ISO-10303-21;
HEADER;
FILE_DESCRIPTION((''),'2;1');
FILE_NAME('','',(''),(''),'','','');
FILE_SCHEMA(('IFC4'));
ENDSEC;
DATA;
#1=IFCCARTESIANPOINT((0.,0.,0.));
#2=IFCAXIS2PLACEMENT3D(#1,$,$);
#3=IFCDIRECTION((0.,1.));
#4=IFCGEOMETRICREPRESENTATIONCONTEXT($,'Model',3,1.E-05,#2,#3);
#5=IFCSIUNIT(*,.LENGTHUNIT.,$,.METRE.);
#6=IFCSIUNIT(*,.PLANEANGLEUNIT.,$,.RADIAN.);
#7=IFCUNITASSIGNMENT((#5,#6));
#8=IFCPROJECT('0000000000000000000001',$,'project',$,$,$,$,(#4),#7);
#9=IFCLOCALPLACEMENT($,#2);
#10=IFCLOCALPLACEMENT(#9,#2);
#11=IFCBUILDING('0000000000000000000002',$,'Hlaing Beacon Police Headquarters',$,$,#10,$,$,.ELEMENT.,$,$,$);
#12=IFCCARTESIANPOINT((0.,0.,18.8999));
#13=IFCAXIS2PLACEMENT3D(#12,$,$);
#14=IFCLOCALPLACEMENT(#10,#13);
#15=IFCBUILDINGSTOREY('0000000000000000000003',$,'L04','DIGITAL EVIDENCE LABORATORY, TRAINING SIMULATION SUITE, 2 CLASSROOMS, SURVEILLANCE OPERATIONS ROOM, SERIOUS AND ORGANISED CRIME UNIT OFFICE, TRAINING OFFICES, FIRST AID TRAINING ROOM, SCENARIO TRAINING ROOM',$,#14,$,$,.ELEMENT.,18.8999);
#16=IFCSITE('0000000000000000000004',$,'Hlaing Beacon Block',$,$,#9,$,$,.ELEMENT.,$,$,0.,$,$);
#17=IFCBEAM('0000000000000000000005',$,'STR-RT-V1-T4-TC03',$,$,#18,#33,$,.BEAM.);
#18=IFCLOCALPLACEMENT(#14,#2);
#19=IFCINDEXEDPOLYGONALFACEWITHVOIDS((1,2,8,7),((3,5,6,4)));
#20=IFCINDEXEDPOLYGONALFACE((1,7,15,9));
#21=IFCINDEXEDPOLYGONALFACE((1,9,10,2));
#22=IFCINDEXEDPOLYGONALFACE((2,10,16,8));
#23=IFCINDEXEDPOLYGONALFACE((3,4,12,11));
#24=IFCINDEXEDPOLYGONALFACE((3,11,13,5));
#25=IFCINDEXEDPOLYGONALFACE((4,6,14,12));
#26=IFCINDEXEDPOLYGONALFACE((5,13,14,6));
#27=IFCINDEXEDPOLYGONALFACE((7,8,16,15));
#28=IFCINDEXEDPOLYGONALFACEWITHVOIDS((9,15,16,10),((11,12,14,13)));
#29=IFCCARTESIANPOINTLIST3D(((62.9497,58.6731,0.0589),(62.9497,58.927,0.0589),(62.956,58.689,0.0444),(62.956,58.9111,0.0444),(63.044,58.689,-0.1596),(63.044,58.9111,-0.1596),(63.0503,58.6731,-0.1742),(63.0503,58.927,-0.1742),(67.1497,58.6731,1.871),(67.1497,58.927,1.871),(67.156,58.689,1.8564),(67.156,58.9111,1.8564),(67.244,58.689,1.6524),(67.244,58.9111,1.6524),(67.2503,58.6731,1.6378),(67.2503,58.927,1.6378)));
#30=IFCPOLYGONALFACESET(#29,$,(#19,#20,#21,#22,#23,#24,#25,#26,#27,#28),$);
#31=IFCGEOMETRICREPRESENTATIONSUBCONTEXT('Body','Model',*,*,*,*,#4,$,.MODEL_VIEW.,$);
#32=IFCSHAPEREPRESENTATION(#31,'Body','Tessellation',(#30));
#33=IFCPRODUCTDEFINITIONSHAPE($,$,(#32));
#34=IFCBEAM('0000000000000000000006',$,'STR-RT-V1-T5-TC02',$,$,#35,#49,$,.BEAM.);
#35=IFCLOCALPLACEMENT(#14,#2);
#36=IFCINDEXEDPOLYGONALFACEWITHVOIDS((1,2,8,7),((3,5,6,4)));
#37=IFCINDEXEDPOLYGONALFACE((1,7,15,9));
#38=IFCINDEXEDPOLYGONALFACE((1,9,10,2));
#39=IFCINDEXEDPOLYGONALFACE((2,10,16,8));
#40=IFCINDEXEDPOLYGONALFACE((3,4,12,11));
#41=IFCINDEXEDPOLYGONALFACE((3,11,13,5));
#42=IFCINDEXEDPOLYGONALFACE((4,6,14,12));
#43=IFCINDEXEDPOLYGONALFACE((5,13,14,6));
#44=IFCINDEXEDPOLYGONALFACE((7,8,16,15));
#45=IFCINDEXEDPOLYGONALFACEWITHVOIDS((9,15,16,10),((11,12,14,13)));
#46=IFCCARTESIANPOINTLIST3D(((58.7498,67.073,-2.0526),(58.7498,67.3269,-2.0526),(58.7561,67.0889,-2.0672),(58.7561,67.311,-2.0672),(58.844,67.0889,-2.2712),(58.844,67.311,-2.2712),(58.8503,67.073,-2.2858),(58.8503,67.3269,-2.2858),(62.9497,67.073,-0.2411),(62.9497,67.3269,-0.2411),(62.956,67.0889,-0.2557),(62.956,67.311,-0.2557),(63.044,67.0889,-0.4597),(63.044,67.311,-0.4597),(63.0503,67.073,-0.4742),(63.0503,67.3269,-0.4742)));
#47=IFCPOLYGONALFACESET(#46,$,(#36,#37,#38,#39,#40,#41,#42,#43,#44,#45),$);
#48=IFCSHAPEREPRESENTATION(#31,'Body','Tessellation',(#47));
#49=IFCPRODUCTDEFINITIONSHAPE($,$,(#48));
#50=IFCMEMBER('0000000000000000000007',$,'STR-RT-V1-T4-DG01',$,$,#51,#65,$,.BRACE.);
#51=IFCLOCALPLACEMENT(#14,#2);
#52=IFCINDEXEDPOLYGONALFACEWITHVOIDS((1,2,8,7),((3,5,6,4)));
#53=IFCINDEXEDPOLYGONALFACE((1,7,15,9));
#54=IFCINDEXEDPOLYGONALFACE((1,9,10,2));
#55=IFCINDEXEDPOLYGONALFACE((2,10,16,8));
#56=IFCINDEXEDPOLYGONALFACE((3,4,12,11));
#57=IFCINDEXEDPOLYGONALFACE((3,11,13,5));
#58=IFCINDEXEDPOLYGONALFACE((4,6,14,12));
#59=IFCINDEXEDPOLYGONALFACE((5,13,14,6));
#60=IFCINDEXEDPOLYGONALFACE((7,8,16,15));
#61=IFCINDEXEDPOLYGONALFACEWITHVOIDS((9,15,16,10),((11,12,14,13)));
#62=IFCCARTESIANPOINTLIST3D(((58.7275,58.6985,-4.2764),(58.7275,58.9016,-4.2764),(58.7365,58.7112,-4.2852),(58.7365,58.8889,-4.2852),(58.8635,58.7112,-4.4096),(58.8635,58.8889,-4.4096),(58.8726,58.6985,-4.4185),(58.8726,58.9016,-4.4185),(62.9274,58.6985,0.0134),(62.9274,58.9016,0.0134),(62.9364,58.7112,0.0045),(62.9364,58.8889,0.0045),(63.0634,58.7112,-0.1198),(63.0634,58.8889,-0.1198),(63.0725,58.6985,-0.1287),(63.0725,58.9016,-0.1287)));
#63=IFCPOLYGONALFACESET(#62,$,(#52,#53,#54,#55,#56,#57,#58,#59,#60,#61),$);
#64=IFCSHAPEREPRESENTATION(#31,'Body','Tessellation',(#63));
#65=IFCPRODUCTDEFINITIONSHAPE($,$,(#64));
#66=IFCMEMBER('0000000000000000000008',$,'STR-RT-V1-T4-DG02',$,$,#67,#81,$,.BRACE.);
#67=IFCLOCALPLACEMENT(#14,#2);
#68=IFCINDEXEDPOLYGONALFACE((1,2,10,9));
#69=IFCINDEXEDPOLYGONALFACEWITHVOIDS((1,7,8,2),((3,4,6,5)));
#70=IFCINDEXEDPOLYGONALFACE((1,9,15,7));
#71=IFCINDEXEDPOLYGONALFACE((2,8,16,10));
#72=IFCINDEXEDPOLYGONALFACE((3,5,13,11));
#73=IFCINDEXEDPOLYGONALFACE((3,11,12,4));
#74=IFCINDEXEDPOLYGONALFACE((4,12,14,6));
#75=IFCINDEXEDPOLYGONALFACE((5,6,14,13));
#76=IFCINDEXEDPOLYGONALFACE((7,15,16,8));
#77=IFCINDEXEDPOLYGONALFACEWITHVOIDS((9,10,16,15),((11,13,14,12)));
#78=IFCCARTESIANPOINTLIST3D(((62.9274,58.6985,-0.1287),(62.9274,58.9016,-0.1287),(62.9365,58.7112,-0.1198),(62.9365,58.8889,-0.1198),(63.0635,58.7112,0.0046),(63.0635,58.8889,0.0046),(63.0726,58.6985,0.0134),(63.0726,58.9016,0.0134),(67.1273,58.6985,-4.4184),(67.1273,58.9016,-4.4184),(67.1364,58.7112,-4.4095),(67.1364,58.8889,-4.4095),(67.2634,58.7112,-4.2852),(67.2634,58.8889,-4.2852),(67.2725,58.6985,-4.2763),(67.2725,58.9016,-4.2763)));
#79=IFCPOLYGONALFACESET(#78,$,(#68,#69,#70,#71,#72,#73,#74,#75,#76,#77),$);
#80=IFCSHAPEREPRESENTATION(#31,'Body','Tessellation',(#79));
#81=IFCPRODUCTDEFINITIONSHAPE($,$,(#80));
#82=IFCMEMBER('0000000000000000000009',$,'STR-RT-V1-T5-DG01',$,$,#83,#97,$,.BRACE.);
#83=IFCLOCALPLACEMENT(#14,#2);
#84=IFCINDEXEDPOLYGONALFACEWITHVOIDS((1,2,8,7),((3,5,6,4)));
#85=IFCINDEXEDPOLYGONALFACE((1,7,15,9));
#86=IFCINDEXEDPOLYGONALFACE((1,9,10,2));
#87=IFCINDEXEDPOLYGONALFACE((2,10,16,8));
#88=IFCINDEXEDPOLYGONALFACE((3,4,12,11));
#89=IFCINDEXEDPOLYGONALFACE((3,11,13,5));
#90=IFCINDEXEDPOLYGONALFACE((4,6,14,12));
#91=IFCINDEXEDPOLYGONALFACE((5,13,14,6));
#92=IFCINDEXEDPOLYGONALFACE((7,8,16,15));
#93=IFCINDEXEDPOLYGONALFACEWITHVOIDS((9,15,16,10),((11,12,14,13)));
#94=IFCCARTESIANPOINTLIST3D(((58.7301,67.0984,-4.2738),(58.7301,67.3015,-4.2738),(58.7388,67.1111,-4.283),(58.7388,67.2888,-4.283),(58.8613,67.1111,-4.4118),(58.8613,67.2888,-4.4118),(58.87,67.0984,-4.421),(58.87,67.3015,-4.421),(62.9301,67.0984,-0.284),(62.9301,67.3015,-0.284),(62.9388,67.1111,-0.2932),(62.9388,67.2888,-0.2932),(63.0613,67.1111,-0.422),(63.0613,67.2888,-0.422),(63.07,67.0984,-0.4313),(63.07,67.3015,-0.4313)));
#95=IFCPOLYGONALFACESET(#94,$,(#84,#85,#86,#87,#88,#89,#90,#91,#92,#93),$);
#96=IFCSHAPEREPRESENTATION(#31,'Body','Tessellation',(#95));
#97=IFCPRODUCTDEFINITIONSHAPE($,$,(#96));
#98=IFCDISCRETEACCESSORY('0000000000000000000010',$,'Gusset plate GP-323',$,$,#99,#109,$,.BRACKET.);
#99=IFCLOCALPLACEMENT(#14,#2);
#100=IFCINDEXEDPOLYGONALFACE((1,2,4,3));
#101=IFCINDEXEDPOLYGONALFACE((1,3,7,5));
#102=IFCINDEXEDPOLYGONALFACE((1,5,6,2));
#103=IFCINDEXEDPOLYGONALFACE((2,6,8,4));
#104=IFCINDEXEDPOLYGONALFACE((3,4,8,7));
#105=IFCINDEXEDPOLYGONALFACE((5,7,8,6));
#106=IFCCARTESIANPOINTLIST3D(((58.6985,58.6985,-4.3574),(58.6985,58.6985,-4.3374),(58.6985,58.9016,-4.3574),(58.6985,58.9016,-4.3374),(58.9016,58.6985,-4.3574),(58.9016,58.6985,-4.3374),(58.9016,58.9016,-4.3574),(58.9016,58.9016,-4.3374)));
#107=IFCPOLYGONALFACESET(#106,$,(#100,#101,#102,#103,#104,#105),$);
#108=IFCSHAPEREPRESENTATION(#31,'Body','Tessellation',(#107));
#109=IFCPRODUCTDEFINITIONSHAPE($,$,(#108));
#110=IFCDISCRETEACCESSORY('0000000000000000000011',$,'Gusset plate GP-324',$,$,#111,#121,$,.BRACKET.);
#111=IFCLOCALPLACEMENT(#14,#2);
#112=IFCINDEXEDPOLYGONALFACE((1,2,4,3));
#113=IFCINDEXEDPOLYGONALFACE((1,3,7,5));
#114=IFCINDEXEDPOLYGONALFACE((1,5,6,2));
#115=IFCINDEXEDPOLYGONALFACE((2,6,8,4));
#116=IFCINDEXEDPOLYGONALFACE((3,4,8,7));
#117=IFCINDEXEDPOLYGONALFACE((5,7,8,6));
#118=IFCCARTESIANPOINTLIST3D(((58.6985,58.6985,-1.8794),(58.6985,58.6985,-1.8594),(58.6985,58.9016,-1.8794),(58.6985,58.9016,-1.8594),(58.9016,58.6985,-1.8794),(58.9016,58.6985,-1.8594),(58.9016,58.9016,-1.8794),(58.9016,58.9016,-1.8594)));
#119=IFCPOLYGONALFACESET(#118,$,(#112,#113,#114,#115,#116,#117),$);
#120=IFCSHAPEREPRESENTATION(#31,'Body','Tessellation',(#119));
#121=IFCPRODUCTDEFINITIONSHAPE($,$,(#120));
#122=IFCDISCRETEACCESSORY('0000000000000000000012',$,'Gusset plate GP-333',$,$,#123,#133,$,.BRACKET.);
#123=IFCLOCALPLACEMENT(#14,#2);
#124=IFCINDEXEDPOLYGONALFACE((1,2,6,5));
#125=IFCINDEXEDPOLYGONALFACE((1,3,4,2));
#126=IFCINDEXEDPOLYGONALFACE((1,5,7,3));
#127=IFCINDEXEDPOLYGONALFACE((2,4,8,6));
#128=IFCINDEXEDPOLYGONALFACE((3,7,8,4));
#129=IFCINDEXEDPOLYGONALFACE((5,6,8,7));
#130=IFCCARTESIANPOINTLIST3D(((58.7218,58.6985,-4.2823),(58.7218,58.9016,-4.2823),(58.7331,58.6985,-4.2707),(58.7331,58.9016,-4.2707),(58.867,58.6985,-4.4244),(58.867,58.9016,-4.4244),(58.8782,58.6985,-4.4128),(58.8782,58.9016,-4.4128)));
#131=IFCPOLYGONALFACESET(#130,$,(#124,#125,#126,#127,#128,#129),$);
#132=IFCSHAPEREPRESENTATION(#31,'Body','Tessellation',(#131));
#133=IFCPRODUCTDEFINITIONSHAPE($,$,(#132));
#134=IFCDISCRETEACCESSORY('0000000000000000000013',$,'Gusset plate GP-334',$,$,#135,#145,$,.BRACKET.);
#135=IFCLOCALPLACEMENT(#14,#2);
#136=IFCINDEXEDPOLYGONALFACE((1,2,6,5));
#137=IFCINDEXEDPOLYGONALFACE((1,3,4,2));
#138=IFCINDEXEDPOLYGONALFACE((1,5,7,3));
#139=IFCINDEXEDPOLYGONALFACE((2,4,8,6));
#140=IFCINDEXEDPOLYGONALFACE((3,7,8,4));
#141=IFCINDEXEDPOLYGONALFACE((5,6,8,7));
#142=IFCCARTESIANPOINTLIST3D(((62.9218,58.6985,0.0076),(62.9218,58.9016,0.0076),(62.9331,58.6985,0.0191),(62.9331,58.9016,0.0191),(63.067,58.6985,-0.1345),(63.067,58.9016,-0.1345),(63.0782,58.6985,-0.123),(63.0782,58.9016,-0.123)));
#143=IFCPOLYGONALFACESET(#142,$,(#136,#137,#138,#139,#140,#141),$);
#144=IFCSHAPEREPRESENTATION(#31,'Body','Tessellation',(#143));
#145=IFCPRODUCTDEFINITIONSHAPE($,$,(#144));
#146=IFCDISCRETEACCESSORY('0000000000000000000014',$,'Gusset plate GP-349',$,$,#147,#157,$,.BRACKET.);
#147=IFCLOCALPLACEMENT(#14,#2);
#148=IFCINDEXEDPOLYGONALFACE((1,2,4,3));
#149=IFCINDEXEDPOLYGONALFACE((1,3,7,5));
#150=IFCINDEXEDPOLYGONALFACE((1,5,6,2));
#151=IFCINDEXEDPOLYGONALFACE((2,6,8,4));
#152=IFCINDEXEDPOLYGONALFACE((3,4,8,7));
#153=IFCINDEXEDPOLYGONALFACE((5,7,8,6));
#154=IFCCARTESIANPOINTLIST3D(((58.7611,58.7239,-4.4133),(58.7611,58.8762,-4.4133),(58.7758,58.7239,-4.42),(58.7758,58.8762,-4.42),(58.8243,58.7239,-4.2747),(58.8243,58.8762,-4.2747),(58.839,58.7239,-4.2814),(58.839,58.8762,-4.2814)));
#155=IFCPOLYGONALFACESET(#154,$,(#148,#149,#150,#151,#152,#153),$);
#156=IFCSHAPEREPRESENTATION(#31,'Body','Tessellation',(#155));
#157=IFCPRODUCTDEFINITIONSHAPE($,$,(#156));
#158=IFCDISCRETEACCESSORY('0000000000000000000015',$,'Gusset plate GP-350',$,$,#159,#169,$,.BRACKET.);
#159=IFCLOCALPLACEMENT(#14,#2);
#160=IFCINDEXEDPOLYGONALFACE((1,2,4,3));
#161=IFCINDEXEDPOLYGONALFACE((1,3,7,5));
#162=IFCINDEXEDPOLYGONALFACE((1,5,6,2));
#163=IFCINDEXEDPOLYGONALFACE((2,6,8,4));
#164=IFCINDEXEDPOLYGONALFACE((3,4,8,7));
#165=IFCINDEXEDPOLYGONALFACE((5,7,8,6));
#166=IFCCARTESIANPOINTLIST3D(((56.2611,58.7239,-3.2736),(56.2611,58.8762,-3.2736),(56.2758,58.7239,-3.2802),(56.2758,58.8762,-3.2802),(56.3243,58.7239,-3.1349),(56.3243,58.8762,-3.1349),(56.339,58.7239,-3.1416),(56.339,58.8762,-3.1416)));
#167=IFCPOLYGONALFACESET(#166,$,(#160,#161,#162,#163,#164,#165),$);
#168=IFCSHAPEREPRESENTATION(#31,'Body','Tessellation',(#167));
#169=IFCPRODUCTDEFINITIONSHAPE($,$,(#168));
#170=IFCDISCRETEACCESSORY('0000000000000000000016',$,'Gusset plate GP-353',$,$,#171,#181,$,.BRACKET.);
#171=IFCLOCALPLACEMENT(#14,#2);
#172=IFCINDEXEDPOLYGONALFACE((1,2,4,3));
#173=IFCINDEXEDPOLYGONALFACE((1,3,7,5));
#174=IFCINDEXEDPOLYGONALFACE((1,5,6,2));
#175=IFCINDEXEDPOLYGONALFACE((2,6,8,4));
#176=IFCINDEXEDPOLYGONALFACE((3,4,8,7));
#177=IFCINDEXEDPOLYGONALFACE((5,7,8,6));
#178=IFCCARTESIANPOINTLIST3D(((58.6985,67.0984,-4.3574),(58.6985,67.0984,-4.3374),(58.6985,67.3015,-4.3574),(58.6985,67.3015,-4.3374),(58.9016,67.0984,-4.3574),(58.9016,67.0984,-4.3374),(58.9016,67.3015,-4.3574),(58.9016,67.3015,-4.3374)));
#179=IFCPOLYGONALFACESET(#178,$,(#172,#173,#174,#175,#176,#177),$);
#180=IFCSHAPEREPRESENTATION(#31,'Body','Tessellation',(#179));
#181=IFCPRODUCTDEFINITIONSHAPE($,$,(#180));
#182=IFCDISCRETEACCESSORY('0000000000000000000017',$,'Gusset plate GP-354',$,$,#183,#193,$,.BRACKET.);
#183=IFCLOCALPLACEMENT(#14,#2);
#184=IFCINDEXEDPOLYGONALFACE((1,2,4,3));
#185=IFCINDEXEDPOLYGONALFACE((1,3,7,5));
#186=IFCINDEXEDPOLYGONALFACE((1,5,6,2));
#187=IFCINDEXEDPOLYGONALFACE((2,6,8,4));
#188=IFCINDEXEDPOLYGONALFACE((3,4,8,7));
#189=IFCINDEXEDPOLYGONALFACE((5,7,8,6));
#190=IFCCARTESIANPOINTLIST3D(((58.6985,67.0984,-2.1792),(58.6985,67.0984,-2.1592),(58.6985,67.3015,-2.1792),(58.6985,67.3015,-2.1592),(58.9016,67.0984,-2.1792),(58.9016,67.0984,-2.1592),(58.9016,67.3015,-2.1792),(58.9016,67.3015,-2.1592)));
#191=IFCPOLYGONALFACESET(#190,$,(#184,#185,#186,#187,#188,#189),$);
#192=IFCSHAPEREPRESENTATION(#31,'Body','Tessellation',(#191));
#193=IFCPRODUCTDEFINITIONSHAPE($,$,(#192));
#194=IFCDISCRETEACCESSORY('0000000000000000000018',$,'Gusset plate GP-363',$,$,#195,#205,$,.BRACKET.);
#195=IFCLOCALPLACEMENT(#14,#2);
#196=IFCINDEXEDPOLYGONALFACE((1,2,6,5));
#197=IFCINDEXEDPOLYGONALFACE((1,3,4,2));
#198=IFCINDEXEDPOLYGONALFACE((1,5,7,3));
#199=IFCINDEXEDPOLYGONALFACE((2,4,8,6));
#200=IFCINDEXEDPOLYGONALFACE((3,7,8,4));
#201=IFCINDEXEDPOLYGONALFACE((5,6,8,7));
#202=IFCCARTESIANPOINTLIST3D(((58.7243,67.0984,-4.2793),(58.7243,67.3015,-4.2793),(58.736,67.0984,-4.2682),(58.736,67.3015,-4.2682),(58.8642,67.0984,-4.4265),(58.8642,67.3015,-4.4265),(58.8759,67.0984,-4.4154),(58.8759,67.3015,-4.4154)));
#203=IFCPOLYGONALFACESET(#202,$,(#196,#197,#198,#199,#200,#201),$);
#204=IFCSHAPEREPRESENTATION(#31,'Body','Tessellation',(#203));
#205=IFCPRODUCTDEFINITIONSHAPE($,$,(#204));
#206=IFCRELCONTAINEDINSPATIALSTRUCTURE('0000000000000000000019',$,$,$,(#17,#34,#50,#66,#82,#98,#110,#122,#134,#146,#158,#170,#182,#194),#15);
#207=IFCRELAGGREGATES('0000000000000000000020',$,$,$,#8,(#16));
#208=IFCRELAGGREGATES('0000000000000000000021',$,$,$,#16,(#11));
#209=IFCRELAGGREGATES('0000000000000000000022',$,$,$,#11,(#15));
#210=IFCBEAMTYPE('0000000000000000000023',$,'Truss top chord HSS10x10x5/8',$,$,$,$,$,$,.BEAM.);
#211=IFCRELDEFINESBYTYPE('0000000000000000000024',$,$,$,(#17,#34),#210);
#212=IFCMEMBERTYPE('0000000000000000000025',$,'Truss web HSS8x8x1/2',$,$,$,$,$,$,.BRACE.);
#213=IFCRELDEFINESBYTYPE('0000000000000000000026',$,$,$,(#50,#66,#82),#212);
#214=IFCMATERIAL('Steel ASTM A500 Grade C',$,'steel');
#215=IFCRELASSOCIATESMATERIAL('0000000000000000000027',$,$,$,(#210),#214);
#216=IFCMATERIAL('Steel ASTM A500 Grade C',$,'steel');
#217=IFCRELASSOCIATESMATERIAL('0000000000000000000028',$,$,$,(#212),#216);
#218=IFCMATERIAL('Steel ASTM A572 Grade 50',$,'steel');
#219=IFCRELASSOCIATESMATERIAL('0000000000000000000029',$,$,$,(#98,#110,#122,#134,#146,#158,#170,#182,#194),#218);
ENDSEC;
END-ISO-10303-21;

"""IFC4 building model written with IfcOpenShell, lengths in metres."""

from ifc_helpers import new_model, si_unit, direction, frame, origin, origin_2d, place, context, subcontext, project, spatial, rectangle, hollow_rectangle, extrude, material, material_profile, profile_set, type_object, element, save


model = new_model("IFC4")

# Units and contexts
model_context = context("Model", 3, precision=1e-05, world=origin(), true_north=direction((0.0, 1.0)))
body_context = subcontext(model_context, "Body", "Model", "MODEL_VIEW")
ifc_project = project(units=[si_unit("LENGTHUNIT", "METRE"), si_unit("PLANEANGLEUNIT", "RADIAN")], contexts=[model_context])

# Site, building, storey
site_placement = place(None, origin())
site = spatial("IfcSite", under=ifc_project, at=site_placement, Name="Hlaing Beacon Block", CompositionType="ELEMENT", RefElevation=0.0)
building_placement = place(site_placement, origin())
building = spatial("IfcBuilding", under=site, at=building_placement, Name="Hlaing Beacon Police Headquarters", CompositionType="ELEMENT")
storey_placement = place(building_placement, frame((0.0, 0.0, 18.8999)))
storey = spatial("IfcBuildingStorey", under=building, at=storey_placement, Name="L04", Description="DIGITAL EVIDENCE LABORATORY, TRAINING SIMULATION SUITE, 2 CLASSROOMS, SURVEILLANCE OPERATIONS ROOM, SERIOUS AND ORGANISED CRIME UNIT OFFICE, TRAINING OFFICES, FIRST AID TRAINING ROOM, SCENARIO TRAINING ROOM", CompositionType="ELEMENT", Elevation=18.8999)

# Beams
ifc_material_1 = material(Name="Steel ASTM A500 Grade C", Category="steel")
ifc_material_profile_1 = material_profile(ifc_material_1, hollow_rectangle(XDim=0.2539, YDim=0.2539, WallThickness=0.0159, at=origin_2d()), Name="HSS10x10x5/8")
ifc_profile_set_1 = profile_set([ifc_material_profile_1], Name="Steel ASTM A500 Grade C")
beam_type_1 = type_object("IfcBeamType", Name="Truss top chord HSS10x10x5/8", PredefinedType="BEAM", material=ifc_profile_set_1)
beam_1_placement = place(storey_placement, frame((63.0, 58.8, -0.0576), z_axis=(0.91819, 0.0, 0.396141), x_axis=(0.0, 1.0, 0.0)))
element("IfcBeam", 1, at=beam_1_placement, inside=storey, type_object=beam_type_1, Name="STR-RT-V1-T4-TC03", PredefinedType="BEAM", context=body_context, shape_type="SweptSolid", body=[
    extrude(hollow_rectangle(XDim=0.2539, YDim=0.2539, WallThickness=0.0159, at=origin_2d()), origin(), (0.0, 0.0, 1.0), 4.5742),
])
beam_2_placement = place(storey_placement, frame((58.8, 67.2, -2.1692), z_axis=(0.918229, 0.0, 0.396051), x_axis=(0.0, 1.0, 0.0)))
element("IfcBeam", 2, at=beam_2_placement, inside=storey, type_object=beam_type_1, Name="STR-RT-V1-T5-TC02", PredefinedType="BEAM", context=body_context, shape_type="SweptSolid", body=[
    extrude(hollow_rectangle(XDim=0.2539, YDim=0.2539, WallThickness=0.0159, at=origin_2d()), origin(), (0.0, 0.0, 1.0), 4.574),
])

# Members
ifc_material_2 = material(Name="Steel ASTM A500 Grade C", Category="steel")
ifc_material_profile_2 = material_profile(ifc_material_2, hollow_rectangle(XDim=0.2031, YDim=0.2031, WallThickness=0.0127, at=origin_2d()), Name="HSS8x8x1/2")
ifc_profile_set_2 = profile_set([ifc_material_profile_2], Name="Steel ASTM A500 Grade C")
member_type_1 = type_object("IfcMemberType", Name="Truss web HSS8x8x1/2", PredefinedType="BRACE", material=ifc_profile_set_2)
for number, where, z_axis, x_axis, name in (
    (3, (58.8, 58.8, -4.3474), (0.699585, 0.0, 0.71455), (0.0, 1.0, 0.0), "STR-RT-V1-T4-DG01"),
    (4, (63.0, 58.8, -0.0576), (0.699585, 0.0, -0.71455), (0.0, 1.0, 0.0), "STR-RT-V1-T4-DG02"),
):
    element("IfcMember", number, at=place(storey_placement, frame(where, z_axis=z_axis, x_axis=x_axis)), inside=storey, type_object=member_type_1, Name=name, PredefinedType="BRACE", context=body_context, shape_type="SweptSolid", body=[
        extrude(hollow_rectangle(XDim=0.2031, YDim=0.2031, WallThickness=0.0127, at=origin_2d()), origin(), (0.0, 0.0, 1.0), 6.0034),
    ])
member_1_placement = place(storey_placement, frame((58.8, 67.2, -4.3474), z_axis=(0.725017, 0.0, 0.688731), x_axis=(0.0, 1.0, 0.0)))
element("IfcMember", 5, at=member_1_placement, inside=storey, type_object=member_type_1, Name="STR-RT-V1-T5-DG01", PredefinedType="BRACE", context=body_context, shape_type="SweptSolid", body=[
    extrude(hollow_rectangle(XDim=0.2031, YDim=0.2031, WallThickness=0.0127, at=origin_2d()), origin(), (0.0, 0.0, 1.0), 5.793),
])

# Discrete accessories
ifc_material_3 = material(Name="Steel ASTM A572 Grade 50", Category="steel")
for number, where, z_axis, x_axis, name in (
    (6, (58.8, 58.8, -4.3374), (0.0, 0.0, -1.0), (1.0, 0.0, 0.0), "Gusset plate GP-323"),
    (7, (58.8, 58.8, -1.8794), (0.0, 0.0, 1.0), (1.0, 0.0, 0.0), "Gusset plate GP-324"),
):
    element("IfcDiscreteAccessory", number, at=place(storey_placement, frame(where, z_axis=z_axis, x_axis=x_axis)), inside=storey, material=ifc_material_3, Name=name, PredefinedType="BRACKET", context=body_context, shape_type="SweptSolid", body=[
        extrude(rectangle(XDim=0.2031, YDim=0.2031, at=origin_2d()), origin(), (0.0, 0.0, 1.0), 0.02),
    ])
for number, where, z_axis, x_axis, name in (
    (8, (58.8057, 58.8, -4.3418), (-0.699585, 0.0, -0.71455), (0.0, -1.0, 0.0), "Gusset plate GP-333"),
    (9, (62.9944, 58.8, -0.0635), (0.699585, 0.0, 0.71455), (0.0, 1.0, 0.0), "Gusset plate GP-334"),
):
    element("IfcDiscreteAccessory", number, at=place(storey_placement, frame(where, z_axis=z_axis, x_axis=x_axis)), inside=storey, material=ifc_material_3, Name=name, PredefinedType="BRACKET", context=body_context, shape_type="SweptSolid", body=[
        extrude(rectangle(XDim=0.2031, YDim=0.2031, at=origin_2d()), origin(), (0.0, 0.0, 1.0), 0.0161),
    ])
for number, where, z_axis, x_axis, name in (
    (10, (58.7927, 58.8, -4.344), (0.909882, 0.0, -0.414867), (0.0, 1.0, 0.0), "Gusset plate GP-349"),
    (11, (56.3074, 58.8, -3.2109), (-0.909882, 0.0, 0.414867), (0.0, -1.0, 0.0), "Gusset plate GP-350"),
):
    element("IfcDiscreteAccessory", number, at=place(storey_placement, frame(where, z_axis=z_axis, x_axis=x_axis)), inside=storey, material=ifc_material_3, Name=name, PredefinedType="BRACKET", context=body_context, shape_type="SweptSolid", body=[
        extrude(rectangle(XDim=0.1523, YDim=0.1523, at=origin_2d()), origin(), (0.0, 0.0, 1.0), 0.0161),
    ])
for number, where, z_axis, x_axis, name in (
    (12, (58.8, 67.2, -4.3374), (0.0, 0.0, -1.0), (1.0, 0.0, 0.0), "Gusset plate GP-353"),
    (13, (58.8, 67.2, -2.1792), (0.0, 0.0, 1.0), (1.0, 0.0, 0.0), "Gusset plate GP-354"),
):
    element("IfcDiscreteAccessory", number, at=place(storey_placement, frame(where, z_axis=z_axis, x_axis=x_axis)), inside=storey, material=ifc_material_3, Name=name, PredefinedType="BRACKET", context=body_context, shape_type="SweptSolid", body=[
        extrude(rectangle(XDim=0.2031, YDim=0.2031, at=origin_2d()), origin(), (0.0, 0.0, 1.0), 0.02),
    ])
for number, where, z_axis, x_axis, name in (
    (14, (58.8059, 67.2, -4.3418), (-0.725017, 0.0, -0.688731), (0.0, -1.0, 0.0), "Gusset plate GP-363"),
):
    element("IfcDiscreteAccessory", number, at=place(storey_placement, frame(where, z_axis=z_axis, x_axis=x_axis)), inside=storey, material=ifc_material_3, Name=name, PredefinedType="BRACKET", context=body_context, shape_type="SweptSolid", body=[
        extrude(rectangle(XDim=0.2031, YDim=0.2031, at=origin_2d()), origin(), (0.0, 0.0, 1.0), 0.0161),
    ])

save(model, "model.ifc")
